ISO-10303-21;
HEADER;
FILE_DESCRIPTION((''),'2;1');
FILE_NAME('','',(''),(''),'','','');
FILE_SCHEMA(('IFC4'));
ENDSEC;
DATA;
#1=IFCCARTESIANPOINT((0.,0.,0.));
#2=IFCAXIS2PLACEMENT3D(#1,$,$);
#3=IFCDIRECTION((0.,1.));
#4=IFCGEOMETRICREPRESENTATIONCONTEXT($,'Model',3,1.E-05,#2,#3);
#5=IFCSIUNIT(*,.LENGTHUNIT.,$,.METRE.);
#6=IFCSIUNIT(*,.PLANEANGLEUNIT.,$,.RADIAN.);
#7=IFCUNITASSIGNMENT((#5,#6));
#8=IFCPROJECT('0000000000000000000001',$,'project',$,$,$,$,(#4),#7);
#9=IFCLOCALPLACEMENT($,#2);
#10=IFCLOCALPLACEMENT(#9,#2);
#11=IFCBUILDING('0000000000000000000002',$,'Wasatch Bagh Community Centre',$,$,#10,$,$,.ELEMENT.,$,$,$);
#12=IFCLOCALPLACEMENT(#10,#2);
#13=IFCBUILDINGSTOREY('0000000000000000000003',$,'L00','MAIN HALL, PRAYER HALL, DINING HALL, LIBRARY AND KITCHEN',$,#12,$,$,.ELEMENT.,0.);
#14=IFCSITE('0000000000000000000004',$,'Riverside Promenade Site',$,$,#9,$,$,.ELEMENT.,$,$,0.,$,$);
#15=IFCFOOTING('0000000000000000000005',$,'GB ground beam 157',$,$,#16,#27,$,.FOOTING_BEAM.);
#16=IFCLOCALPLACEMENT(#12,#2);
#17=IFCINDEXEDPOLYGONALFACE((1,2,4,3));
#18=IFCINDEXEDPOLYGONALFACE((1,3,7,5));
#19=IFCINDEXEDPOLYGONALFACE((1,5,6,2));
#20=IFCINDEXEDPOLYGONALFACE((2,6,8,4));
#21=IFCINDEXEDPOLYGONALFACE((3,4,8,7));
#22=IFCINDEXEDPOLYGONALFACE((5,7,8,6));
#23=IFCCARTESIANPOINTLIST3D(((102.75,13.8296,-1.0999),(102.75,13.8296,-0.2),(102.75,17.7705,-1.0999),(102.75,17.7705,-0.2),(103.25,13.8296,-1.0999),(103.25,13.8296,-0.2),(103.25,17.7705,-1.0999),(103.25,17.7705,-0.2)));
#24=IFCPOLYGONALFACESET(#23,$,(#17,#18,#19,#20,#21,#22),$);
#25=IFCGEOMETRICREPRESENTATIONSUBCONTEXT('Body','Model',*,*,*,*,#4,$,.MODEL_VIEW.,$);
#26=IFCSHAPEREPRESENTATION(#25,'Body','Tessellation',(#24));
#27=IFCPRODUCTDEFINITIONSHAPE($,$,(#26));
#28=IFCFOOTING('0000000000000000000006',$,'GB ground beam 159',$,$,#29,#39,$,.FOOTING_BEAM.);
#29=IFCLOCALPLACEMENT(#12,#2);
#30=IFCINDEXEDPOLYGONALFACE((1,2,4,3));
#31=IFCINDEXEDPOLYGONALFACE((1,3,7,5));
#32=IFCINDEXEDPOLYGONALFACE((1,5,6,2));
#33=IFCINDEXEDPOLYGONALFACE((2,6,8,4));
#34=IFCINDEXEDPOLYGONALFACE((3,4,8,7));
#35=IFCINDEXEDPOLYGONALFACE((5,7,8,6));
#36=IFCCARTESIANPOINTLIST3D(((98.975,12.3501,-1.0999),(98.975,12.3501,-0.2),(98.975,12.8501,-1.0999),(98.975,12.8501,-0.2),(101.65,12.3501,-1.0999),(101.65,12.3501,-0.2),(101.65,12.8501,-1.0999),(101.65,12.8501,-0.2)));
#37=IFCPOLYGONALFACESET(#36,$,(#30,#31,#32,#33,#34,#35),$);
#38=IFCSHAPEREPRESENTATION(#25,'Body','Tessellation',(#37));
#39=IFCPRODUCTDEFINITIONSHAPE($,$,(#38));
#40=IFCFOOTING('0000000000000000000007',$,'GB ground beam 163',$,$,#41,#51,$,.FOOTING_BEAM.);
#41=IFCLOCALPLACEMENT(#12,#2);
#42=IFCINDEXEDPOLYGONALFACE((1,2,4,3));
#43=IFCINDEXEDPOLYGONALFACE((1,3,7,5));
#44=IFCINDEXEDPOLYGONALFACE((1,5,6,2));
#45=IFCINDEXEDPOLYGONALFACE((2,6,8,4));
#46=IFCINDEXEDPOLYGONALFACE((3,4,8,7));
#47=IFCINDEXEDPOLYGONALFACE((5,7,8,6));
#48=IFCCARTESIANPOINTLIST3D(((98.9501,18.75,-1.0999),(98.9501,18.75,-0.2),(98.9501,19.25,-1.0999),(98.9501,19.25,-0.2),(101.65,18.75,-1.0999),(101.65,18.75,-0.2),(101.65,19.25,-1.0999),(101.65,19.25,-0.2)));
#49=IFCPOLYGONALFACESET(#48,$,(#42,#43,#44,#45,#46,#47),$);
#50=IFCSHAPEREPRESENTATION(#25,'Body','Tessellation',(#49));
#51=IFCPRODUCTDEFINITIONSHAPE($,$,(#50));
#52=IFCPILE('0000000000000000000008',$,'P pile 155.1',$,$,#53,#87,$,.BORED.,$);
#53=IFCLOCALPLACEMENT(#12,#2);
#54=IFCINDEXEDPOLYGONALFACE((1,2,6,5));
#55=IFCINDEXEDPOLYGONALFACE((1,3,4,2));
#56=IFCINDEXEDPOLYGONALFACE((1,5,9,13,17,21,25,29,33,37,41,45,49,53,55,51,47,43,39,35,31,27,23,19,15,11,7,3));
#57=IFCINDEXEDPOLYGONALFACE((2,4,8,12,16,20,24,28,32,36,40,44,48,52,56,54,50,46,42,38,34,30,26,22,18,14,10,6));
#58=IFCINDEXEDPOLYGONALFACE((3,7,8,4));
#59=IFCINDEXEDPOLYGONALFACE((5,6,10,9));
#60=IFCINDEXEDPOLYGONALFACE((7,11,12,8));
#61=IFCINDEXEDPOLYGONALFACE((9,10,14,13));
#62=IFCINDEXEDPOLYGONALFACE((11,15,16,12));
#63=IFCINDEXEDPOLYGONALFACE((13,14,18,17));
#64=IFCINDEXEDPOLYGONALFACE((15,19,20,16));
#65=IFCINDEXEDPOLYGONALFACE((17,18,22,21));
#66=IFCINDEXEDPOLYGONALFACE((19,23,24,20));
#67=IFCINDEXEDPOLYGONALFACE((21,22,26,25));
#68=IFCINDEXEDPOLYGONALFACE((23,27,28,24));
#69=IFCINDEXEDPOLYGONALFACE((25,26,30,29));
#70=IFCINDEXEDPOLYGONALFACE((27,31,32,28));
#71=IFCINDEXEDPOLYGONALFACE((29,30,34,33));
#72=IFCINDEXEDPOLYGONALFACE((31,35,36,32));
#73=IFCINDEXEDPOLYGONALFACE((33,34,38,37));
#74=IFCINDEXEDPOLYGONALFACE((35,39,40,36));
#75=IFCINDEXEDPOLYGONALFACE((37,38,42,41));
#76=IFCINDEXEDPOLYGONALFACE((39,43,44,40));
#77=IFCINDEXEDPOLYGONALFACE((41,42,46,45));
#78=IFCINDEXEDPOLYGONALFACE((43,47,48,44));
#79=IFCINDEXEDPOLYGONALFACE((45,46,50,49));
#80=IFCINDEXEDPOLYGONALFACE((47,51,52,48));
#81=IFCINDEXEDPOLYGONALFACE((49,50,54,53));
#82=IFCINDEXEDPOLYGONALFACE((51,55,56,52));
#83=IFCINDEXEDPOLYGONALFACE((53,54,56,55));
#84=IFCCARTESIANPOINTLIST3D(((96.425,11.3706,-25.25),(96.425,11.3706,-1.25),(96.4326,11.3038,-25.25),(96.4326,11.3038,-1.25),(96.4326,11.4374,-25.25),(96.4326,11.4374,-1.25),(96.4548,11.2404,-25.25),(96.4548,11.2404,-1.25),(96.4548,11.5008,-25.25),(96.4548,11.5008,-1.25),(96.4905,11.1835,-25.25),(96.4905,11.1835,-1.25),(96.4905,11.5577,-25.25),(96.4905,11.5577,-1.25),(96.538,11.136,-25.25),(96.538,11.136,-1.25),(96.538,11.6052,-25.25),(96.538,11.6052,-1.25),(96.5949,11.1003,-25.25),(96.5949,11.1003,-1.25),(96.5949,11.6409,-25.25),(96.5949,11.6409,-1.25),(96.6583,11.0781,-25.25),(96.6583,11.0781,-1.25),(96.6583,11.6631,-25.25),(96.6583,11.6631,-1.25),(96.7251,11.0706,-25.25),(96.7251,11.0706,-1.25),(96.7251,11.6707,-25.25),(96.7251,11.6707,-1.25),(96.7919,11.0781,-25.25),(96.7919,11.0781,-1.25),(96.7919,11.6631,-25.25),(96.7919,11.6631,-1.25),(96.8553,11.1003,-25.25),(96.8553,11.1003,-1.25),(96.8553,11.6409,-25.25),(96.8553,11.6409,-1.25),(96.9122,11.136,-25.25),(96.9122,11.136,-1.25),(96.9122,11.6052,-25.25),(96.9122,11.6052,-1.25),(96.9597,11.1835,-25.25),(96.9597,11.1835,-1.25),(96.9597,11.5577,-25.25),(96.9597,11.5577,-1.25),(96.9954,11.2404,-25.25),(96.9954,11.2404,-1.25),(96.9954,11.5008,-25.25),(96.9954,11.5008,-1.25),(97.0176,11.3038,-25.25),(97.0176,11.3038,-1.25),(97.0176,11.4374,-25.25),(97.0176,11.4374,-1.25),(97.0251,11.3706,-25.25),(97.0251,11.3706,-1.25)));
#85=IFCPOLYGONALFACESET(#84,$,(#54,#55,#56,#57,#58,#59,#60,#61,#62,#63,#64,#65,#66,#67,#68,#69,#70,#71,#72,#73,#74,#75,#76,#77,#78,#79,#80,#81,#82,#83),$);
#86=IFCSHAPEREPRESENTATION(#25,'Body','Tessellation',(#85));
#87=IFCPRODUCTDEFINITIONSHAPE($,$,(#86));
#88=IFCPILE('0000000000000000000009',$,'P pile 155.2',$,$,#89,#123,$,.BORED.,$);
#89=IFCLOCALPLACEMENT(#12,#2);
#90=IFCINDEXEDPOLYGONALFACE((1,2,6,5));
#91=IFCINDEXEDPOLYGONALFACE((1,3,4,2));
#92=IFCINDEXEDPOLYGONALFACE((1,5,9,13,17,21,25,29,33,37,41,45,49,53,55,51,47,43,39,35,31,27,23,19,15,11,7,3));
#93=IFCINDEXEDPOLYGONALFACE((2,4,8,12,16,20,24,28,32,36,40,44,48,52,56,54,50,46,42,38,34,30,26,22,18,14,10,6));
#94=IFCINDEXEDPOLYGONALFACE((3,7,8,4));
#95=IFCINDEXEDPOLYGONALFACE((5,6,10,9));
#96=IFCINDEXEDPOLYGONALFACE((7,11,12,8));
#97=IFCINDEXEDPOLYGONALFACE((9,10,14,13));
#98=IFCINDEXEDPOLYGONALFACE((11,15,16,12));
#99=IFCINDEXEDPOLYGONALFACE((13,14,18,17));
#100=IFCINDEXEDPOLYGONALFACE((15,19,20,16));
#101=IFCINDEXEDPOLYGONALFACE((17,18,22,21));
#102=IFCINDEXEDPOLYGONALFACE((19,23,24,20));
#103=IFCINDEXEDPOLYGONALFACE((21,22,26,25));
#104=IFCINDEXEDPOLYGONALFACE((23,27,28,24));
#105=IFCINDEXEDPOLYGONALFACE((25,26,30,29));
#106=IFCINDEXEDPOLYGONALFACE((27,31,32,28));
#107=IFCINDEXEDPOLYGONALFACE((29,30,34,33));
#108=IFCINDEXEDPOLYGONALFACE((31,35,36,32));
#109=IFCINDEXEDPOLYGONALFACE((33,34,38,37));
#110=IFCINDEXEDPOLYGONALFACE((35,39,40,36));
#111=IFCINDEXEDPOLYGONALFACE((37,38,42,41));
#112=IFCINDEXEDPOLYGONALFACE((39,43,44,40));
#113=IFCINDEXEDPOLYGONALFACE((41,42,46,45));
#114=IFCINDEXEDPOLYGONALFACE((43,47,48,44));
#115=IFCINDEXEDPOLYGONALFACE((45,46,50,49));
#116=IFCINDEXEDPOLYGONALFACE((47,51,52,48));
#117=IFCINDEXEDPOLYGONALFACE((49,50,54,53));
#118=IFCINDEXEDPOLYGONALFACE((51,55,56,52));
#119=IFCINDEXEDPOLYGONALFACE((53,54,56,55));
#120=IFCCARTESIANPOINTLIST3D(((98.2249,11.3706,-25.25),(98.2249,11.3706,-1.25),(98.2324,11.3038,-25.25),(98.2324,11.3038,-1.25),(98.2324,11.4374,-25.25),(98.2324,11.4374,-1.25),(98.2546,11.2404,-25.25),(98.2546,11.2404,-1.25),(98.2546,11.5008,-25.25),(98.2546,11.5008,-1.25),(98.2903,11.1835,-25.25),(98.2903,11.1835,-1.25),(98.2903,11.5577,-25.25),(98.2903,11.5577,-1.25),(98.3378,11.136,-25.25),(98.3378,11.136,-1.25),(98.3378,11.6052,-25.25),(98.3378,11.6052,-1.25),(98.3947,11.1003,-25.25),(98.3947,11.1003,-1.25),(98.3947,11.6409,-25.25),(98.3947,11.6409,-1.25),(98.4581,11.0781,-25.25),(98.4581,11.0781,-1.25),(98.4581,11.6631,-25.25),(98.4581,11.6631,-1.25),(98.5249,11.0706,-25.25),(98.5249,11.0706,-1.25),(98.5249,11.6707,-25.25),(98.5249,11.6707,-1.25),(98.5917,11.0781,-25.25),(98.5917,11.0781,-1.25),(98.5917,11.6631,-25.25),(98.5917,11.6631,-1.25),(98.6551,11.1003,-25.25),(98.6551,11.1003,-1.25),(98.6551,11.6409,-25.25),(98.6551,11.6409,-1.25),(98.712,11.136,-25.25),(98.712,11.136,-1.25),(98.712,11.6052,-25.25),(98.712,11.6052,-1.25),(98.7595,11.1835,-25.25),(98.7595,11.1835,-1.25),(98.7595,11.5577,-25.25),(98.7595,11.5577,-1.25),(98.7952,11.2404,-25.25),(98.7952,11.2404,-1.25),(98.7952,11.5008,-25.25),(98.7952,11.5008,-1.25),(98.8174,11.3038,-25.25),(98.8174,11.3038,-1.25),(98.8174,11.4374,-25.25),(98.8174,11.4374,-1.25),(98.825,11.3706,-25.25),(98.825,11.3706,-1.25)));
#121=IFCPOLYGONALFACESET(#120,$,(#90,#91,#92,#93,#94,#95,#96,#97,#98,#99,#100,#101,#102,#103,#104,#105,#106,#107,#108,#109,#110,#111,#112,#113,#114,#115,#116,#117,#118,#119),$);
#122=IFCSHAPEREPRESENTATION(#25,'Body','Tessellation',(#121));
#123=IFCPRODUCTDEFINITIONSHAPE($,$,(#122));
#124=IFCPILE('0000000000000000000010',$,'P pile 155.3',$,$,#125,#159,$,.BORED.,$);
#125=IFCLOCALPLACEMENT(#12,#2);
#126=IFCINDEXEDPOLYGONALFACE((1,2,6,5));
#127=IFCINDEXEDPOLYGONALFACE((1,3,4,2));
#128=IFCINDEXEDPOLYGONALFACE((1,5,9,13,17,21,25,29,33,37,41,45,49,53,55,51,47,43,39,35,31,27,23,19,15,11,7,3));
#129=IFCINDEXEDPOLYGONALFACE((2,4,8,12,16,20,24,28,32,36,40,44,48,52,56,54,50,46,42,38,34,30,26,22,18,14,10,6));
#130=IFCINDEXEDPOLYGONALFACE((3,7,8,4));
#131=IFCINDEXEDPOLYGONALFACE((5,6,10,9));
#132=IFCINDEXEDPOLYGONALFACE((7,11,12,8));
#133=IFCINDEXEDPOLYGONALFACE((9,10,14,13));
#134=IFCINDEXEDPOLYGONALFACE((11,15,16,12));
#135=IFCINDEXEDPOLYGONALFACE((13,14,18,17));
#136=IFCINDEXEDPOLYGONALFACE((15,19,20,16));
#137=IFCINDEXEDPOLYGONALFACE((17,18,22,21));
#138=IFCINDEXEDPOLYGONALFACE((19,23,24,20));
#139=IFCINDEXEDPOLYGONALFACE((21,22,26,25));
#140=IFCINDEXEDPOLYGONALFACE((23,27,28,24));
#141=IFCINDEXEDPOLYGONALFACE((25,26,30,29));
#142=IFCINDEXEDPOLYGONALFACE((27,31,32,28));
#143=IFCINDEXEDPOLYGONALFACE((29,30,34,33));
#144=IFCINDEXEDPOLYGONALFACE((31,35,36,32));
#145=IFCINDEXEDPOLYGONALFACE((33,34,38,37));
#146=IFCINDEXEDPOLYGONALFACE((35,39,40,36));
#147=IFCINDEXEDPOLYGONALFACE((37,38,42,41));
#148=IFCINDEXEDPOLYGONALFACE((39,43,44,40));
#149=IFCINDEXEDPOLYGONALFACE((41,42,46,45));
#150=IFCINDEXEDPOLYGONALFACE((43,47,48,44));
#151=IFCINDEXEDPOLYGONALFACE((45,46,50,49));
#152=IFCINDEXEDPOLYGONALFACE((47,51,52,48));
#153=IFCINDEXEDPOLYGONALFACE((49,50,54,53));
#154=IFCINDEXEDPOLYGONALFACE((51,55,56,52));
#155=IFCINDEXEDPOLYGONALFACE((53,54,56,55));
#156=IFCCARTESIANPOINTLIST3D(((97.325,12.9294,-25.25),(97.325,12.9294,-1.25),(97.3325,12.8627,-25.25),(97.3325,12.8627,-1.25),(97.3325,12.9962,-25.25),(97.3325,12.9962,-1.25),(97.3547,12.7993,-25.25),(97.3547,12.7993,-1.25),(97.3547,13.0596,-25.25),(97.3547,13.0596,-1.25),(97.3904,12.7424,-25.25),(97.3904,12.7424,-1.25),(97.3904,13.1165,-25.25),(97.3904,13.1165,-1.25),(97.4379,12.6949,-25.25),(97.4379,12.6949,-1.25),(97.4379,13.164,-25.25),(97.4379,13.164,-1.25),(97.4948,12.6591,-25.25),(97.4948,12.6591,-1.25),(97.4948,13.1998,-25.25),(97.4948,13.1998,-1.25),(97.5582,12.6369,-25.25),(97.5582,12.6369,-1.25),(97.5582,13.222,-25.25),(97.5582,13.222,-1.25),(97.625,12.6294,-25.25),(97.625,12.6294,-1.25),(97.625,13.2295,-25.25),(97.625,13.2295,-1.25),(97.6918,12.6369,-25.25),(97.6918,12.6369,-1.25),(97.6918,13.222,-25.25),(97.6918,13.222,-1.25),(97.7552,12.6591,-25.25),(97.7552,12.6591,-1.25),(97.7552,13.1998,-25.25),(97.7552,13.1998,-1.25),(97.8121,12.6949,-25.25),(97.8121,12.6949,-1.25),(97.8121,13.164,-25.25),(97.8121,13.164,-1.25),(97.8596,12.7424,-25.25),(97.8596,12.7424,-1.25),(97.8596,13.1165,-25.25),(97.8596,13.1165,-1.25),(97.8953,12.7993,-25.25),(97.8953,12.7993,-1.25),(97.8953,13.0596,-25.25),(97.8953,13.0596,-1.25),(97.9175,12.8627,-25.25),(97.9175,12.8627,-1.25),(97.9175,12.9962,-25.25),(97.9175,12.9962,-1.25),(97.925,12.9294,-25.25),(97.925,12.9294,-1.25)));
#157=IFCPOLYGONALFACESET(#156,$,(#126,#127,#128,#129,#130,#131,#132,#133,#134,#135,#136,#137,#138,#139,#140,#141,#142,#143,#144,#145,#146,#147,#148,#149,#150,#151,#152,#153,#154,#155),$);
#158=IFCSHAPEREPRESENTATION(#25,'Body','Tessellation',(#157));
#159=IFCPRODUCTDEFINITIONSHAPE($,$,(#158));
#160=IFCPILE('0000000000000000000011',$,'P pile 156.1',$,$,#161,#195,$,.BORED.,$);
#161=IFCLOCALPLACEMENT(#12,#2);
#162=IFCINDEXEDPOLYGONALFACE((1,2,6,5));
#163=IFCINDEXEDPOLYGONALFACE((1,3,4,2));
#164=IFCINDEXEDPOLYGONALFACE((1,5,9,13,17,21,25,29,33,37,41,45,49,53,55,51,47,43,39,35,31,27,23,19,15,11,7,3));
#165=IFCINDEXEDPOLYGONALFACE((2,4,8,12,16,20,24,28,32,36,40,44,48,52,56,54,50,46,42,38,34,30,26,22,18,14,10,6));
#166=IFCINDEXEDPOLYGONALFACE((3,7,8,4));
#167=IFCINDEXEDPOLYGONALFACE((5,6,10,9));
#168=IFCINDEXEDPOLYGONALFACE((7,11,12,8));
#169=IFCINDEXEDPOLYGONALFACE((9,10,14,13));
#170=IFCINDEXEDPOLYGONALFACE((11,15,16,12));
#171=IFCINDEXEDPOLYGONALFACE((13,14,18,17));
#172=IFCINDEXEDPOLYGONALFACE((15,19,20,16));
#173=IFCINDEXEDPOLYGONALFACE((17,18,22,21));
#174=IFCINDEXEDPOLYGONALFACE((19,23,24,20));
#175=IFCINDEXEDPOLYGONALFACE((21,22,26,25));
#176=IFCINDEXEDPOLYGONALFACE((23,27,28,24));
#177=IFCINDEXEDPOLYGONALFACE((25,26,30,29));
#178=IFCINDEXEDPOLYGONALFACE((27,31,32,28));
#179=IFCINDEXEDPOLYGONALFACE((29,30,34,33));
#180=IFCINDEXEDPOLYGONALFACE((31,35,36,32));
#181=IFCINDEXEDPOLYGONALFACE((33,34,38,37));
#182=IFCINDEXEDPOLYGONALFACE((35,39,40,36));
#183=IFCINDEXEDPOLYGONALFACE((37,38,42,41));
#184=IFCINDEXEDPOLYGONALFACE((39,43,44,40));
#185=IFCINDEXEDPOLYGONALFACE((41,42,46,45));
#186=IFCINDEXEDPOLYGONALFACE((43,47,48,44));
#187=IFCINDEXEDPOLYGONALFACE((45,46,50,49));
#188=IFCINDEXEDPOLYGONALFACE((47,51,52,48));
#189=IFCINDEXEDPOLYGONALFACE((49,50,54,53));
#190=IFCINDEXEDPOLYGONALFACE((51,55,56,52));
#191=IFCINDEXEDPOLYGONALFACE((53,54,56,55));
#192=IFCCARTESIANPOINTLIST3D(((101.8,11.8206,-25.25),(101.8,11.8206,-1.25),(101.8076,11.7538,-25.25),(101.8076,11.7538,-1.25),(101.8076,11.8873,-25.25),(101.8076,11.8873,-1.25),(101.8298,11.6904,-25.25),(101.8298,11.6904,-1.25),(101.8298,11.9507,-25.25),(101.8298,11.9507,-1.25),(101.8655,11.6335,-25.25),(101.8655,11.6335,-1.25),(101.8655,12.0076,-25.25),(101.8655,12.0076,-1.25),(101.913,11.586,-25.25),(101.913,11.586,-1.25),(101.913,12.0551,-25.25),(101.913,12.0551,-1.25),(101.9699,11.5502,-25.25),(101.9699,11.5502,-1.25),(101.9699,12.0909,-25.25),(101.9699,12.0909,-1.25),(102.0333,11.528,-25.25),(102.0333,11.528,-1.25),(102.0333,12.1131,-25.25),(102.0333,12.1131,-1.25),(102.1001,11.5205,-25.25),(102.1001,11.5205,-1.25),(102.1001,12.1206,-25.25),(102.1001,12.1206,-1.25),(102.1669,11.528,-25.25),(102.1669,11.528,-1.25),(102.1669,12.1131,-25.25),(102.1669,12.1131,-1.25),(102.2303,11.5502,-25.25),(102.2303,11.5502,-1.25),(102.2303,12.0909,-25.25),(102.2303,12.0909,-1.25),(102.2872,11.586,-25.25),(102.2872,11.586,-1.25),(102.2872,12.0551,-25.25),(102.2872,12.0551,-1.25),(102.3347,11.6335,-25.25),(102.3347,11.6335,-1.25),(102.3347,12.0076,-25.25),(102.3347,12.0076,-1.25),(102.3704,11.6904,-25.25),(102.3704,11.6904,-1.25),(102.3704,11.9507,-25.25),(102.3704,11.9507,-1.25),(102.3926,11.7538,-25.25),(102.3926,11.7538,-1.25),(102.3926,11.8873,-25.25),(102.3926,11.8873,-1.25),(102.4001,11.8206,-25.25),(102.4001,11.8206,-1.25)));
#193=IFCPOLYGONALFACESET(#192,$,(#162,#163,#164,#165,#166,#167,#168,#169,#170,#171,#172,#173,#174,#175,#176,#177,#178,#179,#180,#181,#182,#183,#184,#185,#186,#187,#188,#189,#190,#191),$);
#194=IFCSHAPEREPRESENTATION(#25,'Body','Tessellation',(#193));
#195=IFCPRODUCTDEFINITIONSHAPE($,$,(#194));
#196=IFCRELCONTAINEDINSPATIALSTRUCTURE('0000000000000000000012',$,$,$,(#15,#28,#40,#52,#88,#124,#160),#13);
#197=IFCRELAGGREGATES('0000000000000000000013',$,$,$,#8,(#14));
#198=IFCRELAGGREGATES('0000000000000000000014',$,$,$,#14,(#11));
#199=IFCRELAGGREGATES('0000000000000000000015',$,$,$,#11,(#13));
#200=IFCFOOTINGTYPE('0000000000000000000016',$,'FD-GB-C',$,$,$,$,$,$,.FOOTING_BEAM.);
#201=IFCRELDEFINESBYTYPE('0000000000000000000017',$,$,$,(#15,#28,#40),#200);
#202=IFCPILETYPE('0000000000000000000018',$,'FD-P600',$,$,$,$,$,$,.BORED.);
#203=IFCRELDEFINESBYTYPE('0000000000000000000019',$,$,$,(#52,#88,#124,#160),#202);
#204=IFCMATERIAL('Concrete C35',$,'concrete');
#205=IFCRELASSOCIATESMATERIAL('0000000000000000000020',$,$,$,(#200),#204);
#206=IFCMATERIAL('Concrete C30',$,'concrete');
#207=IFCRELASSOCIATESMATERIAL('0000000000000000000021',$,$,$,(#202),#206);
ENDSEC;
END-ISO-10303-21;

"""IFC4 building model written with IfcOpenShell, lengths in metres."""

from ifc_helpers import new_model, si_unit, direction, frame, origin, origin_2d, place, context, subcontext, project, spatial, rectangle, circle, extrude, material, material_profile, profile_set, type_object, element, save


model = new_model("IFC4")

# Units and contexts
model_context = context("Model", 3, precision=1e-05, world=origin(), true_north=direction((0.0, 1.0)))
body_context = subcontext(model_context, "Body", "Model", "MODEL_VIEW")
ifc_project = project(units=[si_unit("LENGTHUNIT", "METRE"), si_unit("PLANEANGLEUNIT", "RADIAN")], contexts=[model_context])

# Site, building, storey
site_placement = place(None, origin())
site = spatial("IfcSite", under=ifc_project, at=site_placement, Name="Riverside Promenade Site", CompositionType="ELEMENT", RefElevation=0.0)
building_placement = place(site_placement, origin())
building = spatial("IfcBuilding", under=site, at=building_placement, Name="Wasatch Bagh Community Centre", CompositionType="ELEMENT")
storey_placement = place(building_placement, origin())
storey = spatial("IfcBuildingStorey", under=building, at=storey_placement, Name="L00", Description="MAIN HALL, PRAYER HALL, DINING HALL, LIBRARY AND KITCHEN", CompositionType="ELEMENT", Elevation=0.0)

# Footings
ifc_material_1 = material(Name="Concrete C35", Category="concrete")
footing_type_1 = type_object("IfcFootingType", Name="FD-GB-C", PredefinedType="FOOTING_BEAM", material=ifc_material_1)
footing_1_placement = place(storey_placement, frame((103.0, 15.8, -1.0999), z_axis=(0.0, 0.0, 1.0), x_axis=(0.0, 1.0, 0.0)))
element("IfcFooting", 1, at=footing_1_placement, inside=storey, type_object=footing_type_1, Name="GB ground beam 157", PredefinedType="FOOTING_BEAM", context=body_context, shape_type="SweptSolid", body=[
    extrude(rectangle(XDim=3.9409, YDim=0.5, at=origin_2d()), origin(), (0.0, 0.0, 1.0), 0.8999),
])
footing_2_placement = place(storey_placement, frame((100.3125, 12.6001, -1.0999), z_axis=(0.0, 0.0, 1.0), x_axis=(-1.0, 0.0, 0.0)))
element("IfcFooting", 2, at=footing_2_placement, inside=storey, type_object=footing_type_1, Name="GB ground beam 159", PredefinedType="FOOTING_BEAM", context=body_context, shape_type="SweptSolid", body=[
    extrude(rectangle(XDim=2.675, YDim=0.5, at=origin_2d()), origin(), (0.0, 0.0, 1.0), 0.8999),
])
footing_3_placement = place(storey_placement, frame((100.3, 19.0, -1.0999), z_axis=(0.0, 0.0, 1.0), x_axis=(-1.0, 0.0, 0.0)))
element("IfcFooting", 3, at=footing_3_placement, inside=storey, type_object=footing_type_1, Name="GB ground beam 163", PredefinedType="FOOTING_BEAM", context=body_context, shape_type="SweptSolid", body=[
    extrude(rectangle(XDim=2.7, YDim=0.5, at=origin_2d()), origin(), (0.0, 0.0, 1.0), 0.8999),
])

# Piles
ifc_material_2 = material(Name="Concrete C30", Category="concrete")
ifc_material_profile_1 = material_profile(ifc_material_2, circle(Radius=0.3, at=origin_2d()), Name="RC D600")
ifc_profile_set_1 = profile_set([ifc_material_profile_1], Name="Concrete C30")
pile_type = type_object("IfcPileType", Name="FD-P600", PredefinedType="BORED", material=ifc_profile_set_1)
for number, where, z_axis, x_axis, name in (
    (4, (96.7251, 11.3706, -1.25), (0.0, 0.0, -1.0), (1.0, 0.0, 0.0), "P pile 155.1"),
    (5, (98.5249, 11.3706, -1.25), (0.0, 0.0, -1.0), (1.0, 0.0, 0.0), "P pile 155.2"),
    (6, (97.625, 12.9294, -1.25), (0.0, 0.0, -1.0), (1.0, 0.0, 0.0), "P pile 155.3"),
    (7, (102.1001, 11.8206, -1.25), (0.0, 0.0, -1.0), (1.0, 0.0, 0.0), "P pile 156.1"),
):
    element("IfcPile", number, at=place(storey_placement, frame(where, z_axis=z_axis, x_axis=x_axis)), inside=storey, type_object=pile_type, Name=name, PredefinedType="BORED", context=body_context, shape_type="SweptSolid", body=[
        extrude(circle(Radius=0.3, at=origin_2d()), origin(), (0.0, 0.0, 1.0), 24.0),
    ])

save(model, "model.ifc")
